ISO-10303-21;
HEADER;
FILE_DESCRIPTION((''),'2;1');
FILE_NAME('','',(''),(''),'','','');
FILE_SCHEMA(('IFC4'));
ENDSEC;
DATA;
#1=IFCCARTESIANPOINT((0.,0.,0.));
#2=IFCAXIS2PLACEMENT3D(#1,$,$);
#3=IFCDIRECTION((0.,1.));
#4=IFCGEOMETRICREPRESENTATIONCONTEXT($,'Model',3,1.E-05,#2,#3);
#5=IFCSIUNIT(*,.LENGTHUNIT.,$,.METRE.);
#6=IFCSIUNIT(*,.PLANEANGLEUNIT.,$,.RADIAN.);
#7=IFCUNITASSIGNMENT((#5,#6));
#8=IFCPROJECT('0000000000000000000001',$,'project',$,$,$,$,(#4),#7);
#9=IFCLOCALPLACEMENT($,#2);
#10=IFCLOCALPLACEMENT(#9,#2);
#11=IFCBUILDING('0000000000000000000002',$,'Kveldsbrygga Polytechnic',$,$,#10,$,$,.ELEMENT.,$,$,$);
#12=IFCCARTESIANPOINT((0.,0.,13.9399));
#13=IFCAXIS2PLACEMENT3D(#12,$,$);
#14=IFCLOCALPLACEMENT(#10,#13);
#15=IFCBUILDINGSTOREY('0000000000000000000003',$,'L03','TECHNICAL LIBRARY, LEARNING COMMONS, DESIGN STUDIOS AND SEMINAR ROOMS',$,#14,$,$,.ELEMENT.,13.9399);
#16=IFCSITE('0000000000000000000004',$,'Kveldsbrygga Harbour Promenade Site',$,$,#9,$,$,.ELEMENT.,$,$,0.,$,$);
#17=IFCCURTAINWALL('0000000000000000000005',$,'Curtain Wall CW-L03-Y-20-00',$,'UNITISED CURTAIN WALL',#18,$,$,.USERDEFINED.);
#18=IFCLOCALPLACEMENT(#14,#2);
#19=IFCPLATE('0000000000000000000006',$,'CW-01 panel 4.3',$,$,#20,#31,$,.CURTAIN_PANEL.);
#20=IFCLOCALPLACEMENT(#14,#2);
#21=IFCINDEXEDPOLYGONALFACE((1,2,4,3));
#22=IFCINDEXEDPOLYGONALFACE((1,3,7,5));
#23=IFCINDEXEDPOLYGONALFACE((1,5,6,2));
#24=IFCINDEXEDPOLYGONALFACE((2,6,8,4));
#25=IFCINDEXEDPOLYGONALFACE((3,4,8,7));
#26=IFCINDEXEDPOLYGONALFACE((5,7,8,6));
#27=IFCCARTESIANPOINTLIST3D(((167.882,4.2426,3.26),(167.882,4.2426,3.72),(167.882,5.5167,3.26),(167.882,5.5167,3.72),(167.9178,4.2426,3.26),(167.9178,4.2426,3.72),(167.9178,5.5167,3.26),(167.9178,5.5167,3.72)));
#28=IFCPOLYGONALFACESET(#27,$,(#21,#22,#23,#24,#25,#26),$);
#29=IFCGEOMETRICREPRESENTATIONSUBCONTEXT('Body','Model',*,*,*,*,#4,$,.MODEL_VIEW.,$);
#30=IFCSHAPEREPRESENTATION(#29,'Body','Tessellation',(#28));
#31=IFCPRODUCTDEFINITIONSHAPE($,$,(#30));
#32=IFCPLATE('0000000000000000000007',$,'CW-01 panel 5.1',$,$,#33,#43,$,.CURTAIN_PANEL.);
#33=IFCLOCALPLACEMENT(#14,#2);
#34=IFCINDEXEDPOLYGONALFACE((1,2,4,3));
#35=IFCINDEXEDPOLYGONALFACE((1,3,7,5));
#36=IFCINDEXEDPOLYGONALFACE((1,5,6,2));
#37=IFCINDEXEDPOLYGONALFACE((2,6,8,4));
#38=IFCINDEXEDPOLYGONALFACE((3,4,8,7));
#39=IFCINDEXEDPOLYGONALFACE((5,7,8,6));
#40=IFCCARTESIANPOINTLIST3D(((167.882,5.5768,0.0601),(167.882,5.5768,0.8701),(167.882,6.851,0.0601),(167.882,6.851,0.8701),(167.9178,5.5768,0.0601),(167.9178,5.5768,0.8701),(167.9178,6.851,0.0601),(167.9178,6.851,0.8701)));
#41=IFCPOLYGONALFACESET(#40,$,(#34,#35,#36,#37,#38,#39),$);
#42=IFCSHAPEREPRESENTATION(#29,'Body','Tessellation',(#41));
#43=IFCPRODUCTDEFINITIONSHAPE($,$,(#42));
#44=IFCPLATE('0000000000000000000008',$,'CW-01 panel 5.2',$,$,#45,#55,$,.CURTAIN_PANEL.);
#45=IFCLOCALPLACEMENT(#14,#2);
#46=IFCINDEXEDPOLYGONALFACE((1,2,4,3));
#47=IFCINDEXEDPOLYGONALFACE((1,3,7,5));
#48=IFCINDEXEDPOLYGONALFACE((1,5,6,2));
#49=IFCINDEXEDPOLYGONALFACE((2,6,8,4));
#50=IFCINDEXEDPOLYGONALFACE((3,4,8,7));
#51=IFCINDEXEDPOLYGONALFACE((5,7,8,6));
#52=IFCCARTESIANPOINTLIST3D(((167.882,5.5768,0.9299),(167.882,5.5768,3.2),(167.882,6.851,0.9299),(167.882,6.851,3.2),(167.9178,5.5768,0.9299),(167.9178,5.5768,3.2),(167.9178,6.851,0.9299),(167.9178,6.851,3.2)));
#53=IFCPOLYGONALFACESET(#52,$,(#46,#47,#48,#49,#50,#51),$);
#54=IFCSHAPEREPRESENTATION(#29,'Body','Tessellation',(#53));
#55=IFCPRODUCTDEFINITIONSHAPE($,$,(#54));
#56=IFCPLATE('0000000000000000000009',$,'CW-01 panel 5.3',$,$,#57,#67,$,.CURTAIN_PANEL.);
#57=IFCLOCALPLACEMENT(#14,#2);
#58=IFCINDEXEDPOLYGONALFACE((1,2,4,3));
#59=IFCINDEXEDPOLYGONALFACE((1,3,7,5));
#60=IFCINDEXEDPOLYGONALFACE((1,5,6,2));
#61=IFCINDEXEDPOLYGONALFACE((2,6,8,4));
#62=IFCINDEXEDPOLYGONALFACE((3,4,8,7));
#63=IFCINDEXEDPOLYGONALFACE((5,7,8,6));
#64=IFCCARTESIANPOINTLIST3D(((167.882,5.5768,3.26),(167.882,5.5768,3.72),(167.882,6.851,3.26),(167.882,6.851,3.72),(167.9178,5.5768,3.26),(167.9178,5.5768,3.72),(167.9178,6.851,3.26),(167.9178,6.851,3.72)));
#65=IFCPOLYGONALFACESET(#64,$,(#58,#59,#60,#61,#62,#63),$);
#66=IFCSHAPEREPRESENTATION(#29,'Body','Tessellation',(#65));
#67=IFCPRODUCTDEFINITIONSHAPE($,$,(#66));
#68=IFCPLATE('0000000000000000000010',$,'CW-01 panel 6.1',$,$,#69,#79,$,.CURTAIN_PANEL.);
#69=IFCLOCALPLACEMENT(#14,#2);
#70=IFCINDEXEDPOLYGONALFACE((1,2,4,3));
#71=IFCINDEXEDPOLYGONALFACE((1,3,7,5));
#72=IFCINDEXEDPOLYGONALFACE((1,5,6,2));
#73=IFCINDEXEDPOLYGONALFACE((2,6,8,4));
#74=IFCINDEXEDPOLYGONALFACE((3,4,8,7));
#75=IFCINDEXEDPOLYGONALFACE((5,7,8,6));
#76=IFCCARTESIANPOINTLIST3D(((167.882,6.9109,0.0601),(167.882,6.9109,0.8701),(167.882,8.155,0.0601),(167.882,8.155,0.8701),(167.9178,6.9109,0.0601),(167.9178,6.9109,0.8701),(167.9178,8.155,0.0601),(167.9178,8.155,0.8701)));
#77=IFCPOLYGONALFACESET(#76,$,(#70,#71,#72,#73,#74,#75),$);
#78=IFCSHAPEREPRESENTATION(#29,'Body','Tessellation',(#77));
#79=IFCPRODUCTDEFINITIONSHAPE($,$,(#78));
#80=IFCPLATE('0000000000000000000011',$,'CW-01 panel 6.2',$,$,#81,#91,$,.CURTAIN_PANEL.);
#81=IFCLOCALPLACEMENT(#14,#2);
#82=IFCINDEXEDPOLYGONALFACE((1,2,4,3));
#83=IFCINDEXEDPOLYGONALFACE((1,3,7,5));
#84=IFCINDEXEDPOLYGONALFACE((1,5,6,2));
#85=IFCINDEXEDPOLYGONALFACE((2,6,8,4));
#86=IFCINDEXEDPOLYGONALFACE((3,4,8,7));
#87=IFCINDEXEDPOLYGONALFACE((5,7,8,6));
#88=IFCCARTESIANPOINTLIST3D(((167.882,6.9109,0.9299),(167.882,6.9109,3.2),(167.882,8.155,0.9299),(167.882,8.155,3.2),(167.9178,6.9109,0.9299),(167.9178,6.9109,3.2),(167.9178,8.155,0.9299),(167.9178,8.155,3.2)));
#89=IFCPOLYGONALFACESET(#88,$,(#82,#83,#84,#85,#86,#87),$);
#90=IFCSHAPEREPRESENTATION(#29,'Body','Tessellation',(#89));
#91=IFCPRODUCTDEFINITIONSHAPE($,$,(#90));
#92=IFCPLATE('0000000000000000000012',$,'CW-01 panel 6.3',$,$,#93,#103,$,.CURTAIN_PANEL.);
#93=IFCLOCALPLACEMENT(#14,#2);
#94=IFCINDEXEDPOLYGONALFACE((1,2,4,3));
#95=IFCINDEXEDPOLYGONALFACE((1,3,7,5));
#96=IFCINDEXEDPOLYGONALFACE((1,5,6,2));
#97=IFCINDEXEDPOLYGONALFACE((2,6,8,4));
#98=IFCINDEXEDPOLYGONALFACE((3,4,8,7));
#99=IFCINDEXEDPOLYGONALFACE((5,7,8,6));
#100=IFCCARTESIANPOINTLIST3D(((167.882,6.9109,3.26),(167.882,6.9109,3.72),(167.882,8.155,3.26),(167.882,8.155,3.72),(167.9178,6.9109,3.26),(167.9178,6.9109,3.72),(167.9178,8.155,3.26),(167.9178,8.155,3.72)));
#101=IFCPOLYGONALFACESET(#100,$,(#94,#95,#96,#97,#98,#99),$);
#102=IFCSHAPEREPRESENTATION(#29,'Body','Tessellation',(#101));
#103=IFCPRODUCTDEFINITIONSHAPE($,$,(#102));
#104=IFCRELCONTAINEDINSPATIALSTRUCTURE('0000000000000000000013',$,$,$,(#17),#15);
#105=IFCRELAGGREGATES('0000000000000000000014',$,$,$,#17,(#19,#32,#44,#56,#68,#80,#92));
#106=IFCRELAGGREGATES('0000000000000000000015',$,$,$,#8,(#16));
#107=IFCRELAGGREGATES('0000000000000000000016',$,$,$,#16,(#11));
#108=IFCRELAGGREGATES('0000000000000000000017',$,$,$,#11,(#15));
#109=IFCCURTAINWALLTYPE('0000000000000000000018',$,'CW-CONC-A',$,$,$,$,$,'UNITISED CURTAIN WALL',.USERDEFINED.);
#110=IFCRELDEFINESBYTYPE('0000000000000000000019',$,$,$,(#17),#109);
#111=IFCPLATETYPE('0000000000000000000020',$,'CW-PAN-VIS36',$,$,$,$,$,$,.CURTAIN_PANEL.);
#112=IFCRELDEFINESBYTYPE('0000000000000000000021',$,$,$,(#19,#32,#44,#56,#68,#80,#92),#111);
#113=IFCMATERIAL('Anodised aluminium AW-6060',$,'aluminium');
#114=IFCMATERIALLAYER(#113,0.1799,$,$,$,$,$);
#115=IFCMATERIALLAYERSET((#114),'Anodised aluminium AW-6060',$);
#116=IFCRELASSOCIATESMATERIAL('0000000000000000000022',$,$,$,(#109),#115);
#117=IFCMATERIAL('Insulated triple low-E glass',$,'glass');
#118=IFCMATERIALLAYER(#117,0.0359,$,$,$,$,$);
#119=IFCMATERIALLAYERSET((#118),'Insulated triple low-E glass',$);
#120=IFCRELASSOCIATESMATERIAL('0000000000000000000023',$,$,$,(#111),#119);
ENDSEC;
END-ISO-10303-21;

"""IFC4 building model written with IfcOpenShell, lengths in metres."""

from ifc_helpers import new_model, si_unit, direction, frame, origin, origin_2d, place, context, subcontext, project, spatial, rectangle, extrude, material, layer, layer_set, type_object, element, aggregate, save


model = new_model("IFC4")

# Units and contexts
model_context = context("Model", 3, precision=1e-05, world=origin(), true_north=direction((0.0, 1.0)))
body_context = subcontext(model_context, "Body", "Model", "MODEL_VIEW")
ifc_project = project(units=[si_unit("LENGTHUNIT", "METRE"), si_unit("PLANEANGLEUNIT", "RADIAN")], contexts=[model_context])

# Site, building, storey
site_placement = place(None, origin())
site = spatial("IfcSite", under=ifc_project, at=site_placement, Name="Kveldsbrygga Harbour Promenade Site", CompositionType="ELEMENT", RefElevation=0.0)
building_placement = place(site_placement, origin())
building = spatial("IfcBuilding", under=site, at=building_placement, Name="Kveldsbrygga Polytechnic", CompositionType="ELEMENT")
storey_placement = place(building_placement, frame((0.0, 0.0, 13.9399)))
storey = spatial("IfcBuildingStorey", under=building, at=storey_placement, Name="L03", Description="TECHNICAL LIBRARY, LEARNING COMMONS, DESIGN STUDIOS AND SEMINAR ROOMS", CompositionType="ELEMENT", Elevation=13.9399)

# Curtain wall, plates
ifc_material_1 = material(Name="Anodised aluminium AW-6060", Category="aluminium")
ifc_layer_1 = layer(ifc_material_1, 0.1799)
ifc_layer_set_1 = layer_set([ifc_layer_1], Name="Anodised aluminium AW-6060")
curtain_wall_type = type_object("IfcCurtainWallType", Name="CW-CONC-A", ElementType="UNITISED CURTAIN WALL", PredefinedType="USERDEFINED", material=ifc_layer_set_1)
curtain_wall_placement = place(storey_placement, origin())
curtain_wall = element("IfcCurtainWall", 1, at=curtain_wall_placement, inside=storey, type_object=curtain_wall_type, Name="Curtain Wall CW-L03-Y-20-00", ObjectType="UNITISED CURTAIN WALL", PredefinedType="USERDEFINED")
ifc_material_2 = material(Name="Insulated triple low-E glass", Category="glass")
ifc_layer_2 = layer(ifc_material_2, 0.0359)
ifc_layer_set_2 = layer_set([ifc_layer_2], Name="Insulated triple low-E glass")
plate_type = type_object("IfcPlateType", Name="CW-PAN-VIS36", PredefinedType="CURTAIN_PANEL", material=ifc_layer_set_2)
plate_1_placement = place(storey_placement, frame((167.8999, 4.8796, 3.26), z_axis=(0.0, 0.0, 1.0), x_axis=(0.0, 1.0, 0.0)))
plate_1 = element("IfcPlate", 2, at=plate_1_placement, type_object=plate_type, Name="CW-01 panel 4.3", PredefinedType="CURTAIN_PANEL", context=body_context, shape_type="SweptSolid", body=[
    extrude(rectangle(XDim=1.2742, YDim=0.0359, at=origin_2d()), origin(), (0.0, 0.0, 1.0), 0.46),
])
plate_2_placement = place(storey_placement, frame((167.8999, 6.2139, 0.0601), z_axis=(0.0, 0.0, 1.0), x_axis=(0.0, 1.0, 0.0)))
plate_2 = element("IfcPlate", 3, at=plate_2_placement, type_object=plate_type, Name="CW-01 panel 5.1", PredefinedType="CURTAIN_PANEL", context=body_context, shape_type="SweptSolid", body=[
    extrude(rectangle(XDim=1.2742, YDim=0.0359, at=origin_2d()), origin(), (0.0, 0.0, 1.0), 0.8101),
])
plate_3_placement = place(storey_placement, frame((167.8999, 6.2139, 0.9299), z_axis=(0.0, 0.0, 1.0), x_axis=(0.0, 1.0, 0.0)))
plate_3 = element("IfcPlate", 4, at=plate_3_placement, type_object=plate_type, Name="CW-01 panel 5.2", PredefinedType="CURTAIN_PANEL", context=body_context, shape_type="SweptSolid", body=[
    extrude(rectangle(XDim=1.2742, YDim=0.0359, at=origin_2d()), origin(), (0.0, 0.0, 1.0), 2.27),
])
plate_4_placement = place(storey_placement, frame((167.8999, 6.2139, 3.26), z_axis=(0.0, 0.0, 1.0), x_axis=(0.0, 1.0, 0.0)))
plate_4 = element("IfcPlate", 5, at=plate_4_placement, type_object=plate_type, Name="CW-01 panel 5.3", PredefinedType="CURTAIN_PANEL", context=body_context, shape_type="SweptSolid", body=[
    extrude(rectangle(XDim=1.2742, YDim=0.0359, at=origin_2d()), origin(), (0.0, 0.0, 1.0), 0.46),
])
plate_5_placement = place(storey_placement, frame((167.8999, 7.533, 0.0601), z_axis=(0.0, 0.0, 1.0), x_axis=(0.0, 1.0, 0.0)))
plate_5 = element("IfcPlate", 6, at=plate_5_placement, type_object=plate_type, Name="CW-01 panel 6.1", PredefinedType="CURTAIN_PANEL", context=body_context, shape_type="SweptSolid", body=[
    extrude(rectangle(XDim=1.2441, YDim=0.0359, at=origin_2d()), origin(), (0.0, 0.0, 1.0), 0.8101),
])
plate_6_placement = place(storey_placement, frame((167.8999, 7.533, 0.9299), z_axis=(0.0, 0.0, 1.0), x_axis=(0.0, 1.0, 0.0)))
plate_6 = element("IfcPlate", 7, at=plate_6_placement, type_object=plate_type, Name="CW-01 panel 6.2", PredefinedType="CURTAIN_PANEL", context=body_context, shape_type="SweptSolid", body=[
    extrude(rectangle(XDim=1.2441, YDim=0.0359, at=origin_2d()), origin(), (0.0, 0.0, 1.0), 2.27),
])
plate_7_placement = place(storey_placement, frame((167.8999, 7.533, 3.26), z_axis=(0.0, 0.0, 1.0), x_axis=(0.0, 1.0, 0.0)))
plate_7 = element("IfcPlate", 8, at=plate_7_placement, type_object=plate_type, Name="CW-01 panel 6.3", PredefinedType="CURTAIN_PANEL", context=body_context, shape_type="SweptSolid", body=[
    extrude(rectangle(XDim=1.2441, YDim=0.0359, at=origin_2d()), origin(), (0.0, 0.0, 1.0), 0.46),
])
aggregate(curtain_wall, [plate_1, plate_2, plate_3, plate_4, plate_5, plate_6, plate_7])

save(model, "model.ifc")
